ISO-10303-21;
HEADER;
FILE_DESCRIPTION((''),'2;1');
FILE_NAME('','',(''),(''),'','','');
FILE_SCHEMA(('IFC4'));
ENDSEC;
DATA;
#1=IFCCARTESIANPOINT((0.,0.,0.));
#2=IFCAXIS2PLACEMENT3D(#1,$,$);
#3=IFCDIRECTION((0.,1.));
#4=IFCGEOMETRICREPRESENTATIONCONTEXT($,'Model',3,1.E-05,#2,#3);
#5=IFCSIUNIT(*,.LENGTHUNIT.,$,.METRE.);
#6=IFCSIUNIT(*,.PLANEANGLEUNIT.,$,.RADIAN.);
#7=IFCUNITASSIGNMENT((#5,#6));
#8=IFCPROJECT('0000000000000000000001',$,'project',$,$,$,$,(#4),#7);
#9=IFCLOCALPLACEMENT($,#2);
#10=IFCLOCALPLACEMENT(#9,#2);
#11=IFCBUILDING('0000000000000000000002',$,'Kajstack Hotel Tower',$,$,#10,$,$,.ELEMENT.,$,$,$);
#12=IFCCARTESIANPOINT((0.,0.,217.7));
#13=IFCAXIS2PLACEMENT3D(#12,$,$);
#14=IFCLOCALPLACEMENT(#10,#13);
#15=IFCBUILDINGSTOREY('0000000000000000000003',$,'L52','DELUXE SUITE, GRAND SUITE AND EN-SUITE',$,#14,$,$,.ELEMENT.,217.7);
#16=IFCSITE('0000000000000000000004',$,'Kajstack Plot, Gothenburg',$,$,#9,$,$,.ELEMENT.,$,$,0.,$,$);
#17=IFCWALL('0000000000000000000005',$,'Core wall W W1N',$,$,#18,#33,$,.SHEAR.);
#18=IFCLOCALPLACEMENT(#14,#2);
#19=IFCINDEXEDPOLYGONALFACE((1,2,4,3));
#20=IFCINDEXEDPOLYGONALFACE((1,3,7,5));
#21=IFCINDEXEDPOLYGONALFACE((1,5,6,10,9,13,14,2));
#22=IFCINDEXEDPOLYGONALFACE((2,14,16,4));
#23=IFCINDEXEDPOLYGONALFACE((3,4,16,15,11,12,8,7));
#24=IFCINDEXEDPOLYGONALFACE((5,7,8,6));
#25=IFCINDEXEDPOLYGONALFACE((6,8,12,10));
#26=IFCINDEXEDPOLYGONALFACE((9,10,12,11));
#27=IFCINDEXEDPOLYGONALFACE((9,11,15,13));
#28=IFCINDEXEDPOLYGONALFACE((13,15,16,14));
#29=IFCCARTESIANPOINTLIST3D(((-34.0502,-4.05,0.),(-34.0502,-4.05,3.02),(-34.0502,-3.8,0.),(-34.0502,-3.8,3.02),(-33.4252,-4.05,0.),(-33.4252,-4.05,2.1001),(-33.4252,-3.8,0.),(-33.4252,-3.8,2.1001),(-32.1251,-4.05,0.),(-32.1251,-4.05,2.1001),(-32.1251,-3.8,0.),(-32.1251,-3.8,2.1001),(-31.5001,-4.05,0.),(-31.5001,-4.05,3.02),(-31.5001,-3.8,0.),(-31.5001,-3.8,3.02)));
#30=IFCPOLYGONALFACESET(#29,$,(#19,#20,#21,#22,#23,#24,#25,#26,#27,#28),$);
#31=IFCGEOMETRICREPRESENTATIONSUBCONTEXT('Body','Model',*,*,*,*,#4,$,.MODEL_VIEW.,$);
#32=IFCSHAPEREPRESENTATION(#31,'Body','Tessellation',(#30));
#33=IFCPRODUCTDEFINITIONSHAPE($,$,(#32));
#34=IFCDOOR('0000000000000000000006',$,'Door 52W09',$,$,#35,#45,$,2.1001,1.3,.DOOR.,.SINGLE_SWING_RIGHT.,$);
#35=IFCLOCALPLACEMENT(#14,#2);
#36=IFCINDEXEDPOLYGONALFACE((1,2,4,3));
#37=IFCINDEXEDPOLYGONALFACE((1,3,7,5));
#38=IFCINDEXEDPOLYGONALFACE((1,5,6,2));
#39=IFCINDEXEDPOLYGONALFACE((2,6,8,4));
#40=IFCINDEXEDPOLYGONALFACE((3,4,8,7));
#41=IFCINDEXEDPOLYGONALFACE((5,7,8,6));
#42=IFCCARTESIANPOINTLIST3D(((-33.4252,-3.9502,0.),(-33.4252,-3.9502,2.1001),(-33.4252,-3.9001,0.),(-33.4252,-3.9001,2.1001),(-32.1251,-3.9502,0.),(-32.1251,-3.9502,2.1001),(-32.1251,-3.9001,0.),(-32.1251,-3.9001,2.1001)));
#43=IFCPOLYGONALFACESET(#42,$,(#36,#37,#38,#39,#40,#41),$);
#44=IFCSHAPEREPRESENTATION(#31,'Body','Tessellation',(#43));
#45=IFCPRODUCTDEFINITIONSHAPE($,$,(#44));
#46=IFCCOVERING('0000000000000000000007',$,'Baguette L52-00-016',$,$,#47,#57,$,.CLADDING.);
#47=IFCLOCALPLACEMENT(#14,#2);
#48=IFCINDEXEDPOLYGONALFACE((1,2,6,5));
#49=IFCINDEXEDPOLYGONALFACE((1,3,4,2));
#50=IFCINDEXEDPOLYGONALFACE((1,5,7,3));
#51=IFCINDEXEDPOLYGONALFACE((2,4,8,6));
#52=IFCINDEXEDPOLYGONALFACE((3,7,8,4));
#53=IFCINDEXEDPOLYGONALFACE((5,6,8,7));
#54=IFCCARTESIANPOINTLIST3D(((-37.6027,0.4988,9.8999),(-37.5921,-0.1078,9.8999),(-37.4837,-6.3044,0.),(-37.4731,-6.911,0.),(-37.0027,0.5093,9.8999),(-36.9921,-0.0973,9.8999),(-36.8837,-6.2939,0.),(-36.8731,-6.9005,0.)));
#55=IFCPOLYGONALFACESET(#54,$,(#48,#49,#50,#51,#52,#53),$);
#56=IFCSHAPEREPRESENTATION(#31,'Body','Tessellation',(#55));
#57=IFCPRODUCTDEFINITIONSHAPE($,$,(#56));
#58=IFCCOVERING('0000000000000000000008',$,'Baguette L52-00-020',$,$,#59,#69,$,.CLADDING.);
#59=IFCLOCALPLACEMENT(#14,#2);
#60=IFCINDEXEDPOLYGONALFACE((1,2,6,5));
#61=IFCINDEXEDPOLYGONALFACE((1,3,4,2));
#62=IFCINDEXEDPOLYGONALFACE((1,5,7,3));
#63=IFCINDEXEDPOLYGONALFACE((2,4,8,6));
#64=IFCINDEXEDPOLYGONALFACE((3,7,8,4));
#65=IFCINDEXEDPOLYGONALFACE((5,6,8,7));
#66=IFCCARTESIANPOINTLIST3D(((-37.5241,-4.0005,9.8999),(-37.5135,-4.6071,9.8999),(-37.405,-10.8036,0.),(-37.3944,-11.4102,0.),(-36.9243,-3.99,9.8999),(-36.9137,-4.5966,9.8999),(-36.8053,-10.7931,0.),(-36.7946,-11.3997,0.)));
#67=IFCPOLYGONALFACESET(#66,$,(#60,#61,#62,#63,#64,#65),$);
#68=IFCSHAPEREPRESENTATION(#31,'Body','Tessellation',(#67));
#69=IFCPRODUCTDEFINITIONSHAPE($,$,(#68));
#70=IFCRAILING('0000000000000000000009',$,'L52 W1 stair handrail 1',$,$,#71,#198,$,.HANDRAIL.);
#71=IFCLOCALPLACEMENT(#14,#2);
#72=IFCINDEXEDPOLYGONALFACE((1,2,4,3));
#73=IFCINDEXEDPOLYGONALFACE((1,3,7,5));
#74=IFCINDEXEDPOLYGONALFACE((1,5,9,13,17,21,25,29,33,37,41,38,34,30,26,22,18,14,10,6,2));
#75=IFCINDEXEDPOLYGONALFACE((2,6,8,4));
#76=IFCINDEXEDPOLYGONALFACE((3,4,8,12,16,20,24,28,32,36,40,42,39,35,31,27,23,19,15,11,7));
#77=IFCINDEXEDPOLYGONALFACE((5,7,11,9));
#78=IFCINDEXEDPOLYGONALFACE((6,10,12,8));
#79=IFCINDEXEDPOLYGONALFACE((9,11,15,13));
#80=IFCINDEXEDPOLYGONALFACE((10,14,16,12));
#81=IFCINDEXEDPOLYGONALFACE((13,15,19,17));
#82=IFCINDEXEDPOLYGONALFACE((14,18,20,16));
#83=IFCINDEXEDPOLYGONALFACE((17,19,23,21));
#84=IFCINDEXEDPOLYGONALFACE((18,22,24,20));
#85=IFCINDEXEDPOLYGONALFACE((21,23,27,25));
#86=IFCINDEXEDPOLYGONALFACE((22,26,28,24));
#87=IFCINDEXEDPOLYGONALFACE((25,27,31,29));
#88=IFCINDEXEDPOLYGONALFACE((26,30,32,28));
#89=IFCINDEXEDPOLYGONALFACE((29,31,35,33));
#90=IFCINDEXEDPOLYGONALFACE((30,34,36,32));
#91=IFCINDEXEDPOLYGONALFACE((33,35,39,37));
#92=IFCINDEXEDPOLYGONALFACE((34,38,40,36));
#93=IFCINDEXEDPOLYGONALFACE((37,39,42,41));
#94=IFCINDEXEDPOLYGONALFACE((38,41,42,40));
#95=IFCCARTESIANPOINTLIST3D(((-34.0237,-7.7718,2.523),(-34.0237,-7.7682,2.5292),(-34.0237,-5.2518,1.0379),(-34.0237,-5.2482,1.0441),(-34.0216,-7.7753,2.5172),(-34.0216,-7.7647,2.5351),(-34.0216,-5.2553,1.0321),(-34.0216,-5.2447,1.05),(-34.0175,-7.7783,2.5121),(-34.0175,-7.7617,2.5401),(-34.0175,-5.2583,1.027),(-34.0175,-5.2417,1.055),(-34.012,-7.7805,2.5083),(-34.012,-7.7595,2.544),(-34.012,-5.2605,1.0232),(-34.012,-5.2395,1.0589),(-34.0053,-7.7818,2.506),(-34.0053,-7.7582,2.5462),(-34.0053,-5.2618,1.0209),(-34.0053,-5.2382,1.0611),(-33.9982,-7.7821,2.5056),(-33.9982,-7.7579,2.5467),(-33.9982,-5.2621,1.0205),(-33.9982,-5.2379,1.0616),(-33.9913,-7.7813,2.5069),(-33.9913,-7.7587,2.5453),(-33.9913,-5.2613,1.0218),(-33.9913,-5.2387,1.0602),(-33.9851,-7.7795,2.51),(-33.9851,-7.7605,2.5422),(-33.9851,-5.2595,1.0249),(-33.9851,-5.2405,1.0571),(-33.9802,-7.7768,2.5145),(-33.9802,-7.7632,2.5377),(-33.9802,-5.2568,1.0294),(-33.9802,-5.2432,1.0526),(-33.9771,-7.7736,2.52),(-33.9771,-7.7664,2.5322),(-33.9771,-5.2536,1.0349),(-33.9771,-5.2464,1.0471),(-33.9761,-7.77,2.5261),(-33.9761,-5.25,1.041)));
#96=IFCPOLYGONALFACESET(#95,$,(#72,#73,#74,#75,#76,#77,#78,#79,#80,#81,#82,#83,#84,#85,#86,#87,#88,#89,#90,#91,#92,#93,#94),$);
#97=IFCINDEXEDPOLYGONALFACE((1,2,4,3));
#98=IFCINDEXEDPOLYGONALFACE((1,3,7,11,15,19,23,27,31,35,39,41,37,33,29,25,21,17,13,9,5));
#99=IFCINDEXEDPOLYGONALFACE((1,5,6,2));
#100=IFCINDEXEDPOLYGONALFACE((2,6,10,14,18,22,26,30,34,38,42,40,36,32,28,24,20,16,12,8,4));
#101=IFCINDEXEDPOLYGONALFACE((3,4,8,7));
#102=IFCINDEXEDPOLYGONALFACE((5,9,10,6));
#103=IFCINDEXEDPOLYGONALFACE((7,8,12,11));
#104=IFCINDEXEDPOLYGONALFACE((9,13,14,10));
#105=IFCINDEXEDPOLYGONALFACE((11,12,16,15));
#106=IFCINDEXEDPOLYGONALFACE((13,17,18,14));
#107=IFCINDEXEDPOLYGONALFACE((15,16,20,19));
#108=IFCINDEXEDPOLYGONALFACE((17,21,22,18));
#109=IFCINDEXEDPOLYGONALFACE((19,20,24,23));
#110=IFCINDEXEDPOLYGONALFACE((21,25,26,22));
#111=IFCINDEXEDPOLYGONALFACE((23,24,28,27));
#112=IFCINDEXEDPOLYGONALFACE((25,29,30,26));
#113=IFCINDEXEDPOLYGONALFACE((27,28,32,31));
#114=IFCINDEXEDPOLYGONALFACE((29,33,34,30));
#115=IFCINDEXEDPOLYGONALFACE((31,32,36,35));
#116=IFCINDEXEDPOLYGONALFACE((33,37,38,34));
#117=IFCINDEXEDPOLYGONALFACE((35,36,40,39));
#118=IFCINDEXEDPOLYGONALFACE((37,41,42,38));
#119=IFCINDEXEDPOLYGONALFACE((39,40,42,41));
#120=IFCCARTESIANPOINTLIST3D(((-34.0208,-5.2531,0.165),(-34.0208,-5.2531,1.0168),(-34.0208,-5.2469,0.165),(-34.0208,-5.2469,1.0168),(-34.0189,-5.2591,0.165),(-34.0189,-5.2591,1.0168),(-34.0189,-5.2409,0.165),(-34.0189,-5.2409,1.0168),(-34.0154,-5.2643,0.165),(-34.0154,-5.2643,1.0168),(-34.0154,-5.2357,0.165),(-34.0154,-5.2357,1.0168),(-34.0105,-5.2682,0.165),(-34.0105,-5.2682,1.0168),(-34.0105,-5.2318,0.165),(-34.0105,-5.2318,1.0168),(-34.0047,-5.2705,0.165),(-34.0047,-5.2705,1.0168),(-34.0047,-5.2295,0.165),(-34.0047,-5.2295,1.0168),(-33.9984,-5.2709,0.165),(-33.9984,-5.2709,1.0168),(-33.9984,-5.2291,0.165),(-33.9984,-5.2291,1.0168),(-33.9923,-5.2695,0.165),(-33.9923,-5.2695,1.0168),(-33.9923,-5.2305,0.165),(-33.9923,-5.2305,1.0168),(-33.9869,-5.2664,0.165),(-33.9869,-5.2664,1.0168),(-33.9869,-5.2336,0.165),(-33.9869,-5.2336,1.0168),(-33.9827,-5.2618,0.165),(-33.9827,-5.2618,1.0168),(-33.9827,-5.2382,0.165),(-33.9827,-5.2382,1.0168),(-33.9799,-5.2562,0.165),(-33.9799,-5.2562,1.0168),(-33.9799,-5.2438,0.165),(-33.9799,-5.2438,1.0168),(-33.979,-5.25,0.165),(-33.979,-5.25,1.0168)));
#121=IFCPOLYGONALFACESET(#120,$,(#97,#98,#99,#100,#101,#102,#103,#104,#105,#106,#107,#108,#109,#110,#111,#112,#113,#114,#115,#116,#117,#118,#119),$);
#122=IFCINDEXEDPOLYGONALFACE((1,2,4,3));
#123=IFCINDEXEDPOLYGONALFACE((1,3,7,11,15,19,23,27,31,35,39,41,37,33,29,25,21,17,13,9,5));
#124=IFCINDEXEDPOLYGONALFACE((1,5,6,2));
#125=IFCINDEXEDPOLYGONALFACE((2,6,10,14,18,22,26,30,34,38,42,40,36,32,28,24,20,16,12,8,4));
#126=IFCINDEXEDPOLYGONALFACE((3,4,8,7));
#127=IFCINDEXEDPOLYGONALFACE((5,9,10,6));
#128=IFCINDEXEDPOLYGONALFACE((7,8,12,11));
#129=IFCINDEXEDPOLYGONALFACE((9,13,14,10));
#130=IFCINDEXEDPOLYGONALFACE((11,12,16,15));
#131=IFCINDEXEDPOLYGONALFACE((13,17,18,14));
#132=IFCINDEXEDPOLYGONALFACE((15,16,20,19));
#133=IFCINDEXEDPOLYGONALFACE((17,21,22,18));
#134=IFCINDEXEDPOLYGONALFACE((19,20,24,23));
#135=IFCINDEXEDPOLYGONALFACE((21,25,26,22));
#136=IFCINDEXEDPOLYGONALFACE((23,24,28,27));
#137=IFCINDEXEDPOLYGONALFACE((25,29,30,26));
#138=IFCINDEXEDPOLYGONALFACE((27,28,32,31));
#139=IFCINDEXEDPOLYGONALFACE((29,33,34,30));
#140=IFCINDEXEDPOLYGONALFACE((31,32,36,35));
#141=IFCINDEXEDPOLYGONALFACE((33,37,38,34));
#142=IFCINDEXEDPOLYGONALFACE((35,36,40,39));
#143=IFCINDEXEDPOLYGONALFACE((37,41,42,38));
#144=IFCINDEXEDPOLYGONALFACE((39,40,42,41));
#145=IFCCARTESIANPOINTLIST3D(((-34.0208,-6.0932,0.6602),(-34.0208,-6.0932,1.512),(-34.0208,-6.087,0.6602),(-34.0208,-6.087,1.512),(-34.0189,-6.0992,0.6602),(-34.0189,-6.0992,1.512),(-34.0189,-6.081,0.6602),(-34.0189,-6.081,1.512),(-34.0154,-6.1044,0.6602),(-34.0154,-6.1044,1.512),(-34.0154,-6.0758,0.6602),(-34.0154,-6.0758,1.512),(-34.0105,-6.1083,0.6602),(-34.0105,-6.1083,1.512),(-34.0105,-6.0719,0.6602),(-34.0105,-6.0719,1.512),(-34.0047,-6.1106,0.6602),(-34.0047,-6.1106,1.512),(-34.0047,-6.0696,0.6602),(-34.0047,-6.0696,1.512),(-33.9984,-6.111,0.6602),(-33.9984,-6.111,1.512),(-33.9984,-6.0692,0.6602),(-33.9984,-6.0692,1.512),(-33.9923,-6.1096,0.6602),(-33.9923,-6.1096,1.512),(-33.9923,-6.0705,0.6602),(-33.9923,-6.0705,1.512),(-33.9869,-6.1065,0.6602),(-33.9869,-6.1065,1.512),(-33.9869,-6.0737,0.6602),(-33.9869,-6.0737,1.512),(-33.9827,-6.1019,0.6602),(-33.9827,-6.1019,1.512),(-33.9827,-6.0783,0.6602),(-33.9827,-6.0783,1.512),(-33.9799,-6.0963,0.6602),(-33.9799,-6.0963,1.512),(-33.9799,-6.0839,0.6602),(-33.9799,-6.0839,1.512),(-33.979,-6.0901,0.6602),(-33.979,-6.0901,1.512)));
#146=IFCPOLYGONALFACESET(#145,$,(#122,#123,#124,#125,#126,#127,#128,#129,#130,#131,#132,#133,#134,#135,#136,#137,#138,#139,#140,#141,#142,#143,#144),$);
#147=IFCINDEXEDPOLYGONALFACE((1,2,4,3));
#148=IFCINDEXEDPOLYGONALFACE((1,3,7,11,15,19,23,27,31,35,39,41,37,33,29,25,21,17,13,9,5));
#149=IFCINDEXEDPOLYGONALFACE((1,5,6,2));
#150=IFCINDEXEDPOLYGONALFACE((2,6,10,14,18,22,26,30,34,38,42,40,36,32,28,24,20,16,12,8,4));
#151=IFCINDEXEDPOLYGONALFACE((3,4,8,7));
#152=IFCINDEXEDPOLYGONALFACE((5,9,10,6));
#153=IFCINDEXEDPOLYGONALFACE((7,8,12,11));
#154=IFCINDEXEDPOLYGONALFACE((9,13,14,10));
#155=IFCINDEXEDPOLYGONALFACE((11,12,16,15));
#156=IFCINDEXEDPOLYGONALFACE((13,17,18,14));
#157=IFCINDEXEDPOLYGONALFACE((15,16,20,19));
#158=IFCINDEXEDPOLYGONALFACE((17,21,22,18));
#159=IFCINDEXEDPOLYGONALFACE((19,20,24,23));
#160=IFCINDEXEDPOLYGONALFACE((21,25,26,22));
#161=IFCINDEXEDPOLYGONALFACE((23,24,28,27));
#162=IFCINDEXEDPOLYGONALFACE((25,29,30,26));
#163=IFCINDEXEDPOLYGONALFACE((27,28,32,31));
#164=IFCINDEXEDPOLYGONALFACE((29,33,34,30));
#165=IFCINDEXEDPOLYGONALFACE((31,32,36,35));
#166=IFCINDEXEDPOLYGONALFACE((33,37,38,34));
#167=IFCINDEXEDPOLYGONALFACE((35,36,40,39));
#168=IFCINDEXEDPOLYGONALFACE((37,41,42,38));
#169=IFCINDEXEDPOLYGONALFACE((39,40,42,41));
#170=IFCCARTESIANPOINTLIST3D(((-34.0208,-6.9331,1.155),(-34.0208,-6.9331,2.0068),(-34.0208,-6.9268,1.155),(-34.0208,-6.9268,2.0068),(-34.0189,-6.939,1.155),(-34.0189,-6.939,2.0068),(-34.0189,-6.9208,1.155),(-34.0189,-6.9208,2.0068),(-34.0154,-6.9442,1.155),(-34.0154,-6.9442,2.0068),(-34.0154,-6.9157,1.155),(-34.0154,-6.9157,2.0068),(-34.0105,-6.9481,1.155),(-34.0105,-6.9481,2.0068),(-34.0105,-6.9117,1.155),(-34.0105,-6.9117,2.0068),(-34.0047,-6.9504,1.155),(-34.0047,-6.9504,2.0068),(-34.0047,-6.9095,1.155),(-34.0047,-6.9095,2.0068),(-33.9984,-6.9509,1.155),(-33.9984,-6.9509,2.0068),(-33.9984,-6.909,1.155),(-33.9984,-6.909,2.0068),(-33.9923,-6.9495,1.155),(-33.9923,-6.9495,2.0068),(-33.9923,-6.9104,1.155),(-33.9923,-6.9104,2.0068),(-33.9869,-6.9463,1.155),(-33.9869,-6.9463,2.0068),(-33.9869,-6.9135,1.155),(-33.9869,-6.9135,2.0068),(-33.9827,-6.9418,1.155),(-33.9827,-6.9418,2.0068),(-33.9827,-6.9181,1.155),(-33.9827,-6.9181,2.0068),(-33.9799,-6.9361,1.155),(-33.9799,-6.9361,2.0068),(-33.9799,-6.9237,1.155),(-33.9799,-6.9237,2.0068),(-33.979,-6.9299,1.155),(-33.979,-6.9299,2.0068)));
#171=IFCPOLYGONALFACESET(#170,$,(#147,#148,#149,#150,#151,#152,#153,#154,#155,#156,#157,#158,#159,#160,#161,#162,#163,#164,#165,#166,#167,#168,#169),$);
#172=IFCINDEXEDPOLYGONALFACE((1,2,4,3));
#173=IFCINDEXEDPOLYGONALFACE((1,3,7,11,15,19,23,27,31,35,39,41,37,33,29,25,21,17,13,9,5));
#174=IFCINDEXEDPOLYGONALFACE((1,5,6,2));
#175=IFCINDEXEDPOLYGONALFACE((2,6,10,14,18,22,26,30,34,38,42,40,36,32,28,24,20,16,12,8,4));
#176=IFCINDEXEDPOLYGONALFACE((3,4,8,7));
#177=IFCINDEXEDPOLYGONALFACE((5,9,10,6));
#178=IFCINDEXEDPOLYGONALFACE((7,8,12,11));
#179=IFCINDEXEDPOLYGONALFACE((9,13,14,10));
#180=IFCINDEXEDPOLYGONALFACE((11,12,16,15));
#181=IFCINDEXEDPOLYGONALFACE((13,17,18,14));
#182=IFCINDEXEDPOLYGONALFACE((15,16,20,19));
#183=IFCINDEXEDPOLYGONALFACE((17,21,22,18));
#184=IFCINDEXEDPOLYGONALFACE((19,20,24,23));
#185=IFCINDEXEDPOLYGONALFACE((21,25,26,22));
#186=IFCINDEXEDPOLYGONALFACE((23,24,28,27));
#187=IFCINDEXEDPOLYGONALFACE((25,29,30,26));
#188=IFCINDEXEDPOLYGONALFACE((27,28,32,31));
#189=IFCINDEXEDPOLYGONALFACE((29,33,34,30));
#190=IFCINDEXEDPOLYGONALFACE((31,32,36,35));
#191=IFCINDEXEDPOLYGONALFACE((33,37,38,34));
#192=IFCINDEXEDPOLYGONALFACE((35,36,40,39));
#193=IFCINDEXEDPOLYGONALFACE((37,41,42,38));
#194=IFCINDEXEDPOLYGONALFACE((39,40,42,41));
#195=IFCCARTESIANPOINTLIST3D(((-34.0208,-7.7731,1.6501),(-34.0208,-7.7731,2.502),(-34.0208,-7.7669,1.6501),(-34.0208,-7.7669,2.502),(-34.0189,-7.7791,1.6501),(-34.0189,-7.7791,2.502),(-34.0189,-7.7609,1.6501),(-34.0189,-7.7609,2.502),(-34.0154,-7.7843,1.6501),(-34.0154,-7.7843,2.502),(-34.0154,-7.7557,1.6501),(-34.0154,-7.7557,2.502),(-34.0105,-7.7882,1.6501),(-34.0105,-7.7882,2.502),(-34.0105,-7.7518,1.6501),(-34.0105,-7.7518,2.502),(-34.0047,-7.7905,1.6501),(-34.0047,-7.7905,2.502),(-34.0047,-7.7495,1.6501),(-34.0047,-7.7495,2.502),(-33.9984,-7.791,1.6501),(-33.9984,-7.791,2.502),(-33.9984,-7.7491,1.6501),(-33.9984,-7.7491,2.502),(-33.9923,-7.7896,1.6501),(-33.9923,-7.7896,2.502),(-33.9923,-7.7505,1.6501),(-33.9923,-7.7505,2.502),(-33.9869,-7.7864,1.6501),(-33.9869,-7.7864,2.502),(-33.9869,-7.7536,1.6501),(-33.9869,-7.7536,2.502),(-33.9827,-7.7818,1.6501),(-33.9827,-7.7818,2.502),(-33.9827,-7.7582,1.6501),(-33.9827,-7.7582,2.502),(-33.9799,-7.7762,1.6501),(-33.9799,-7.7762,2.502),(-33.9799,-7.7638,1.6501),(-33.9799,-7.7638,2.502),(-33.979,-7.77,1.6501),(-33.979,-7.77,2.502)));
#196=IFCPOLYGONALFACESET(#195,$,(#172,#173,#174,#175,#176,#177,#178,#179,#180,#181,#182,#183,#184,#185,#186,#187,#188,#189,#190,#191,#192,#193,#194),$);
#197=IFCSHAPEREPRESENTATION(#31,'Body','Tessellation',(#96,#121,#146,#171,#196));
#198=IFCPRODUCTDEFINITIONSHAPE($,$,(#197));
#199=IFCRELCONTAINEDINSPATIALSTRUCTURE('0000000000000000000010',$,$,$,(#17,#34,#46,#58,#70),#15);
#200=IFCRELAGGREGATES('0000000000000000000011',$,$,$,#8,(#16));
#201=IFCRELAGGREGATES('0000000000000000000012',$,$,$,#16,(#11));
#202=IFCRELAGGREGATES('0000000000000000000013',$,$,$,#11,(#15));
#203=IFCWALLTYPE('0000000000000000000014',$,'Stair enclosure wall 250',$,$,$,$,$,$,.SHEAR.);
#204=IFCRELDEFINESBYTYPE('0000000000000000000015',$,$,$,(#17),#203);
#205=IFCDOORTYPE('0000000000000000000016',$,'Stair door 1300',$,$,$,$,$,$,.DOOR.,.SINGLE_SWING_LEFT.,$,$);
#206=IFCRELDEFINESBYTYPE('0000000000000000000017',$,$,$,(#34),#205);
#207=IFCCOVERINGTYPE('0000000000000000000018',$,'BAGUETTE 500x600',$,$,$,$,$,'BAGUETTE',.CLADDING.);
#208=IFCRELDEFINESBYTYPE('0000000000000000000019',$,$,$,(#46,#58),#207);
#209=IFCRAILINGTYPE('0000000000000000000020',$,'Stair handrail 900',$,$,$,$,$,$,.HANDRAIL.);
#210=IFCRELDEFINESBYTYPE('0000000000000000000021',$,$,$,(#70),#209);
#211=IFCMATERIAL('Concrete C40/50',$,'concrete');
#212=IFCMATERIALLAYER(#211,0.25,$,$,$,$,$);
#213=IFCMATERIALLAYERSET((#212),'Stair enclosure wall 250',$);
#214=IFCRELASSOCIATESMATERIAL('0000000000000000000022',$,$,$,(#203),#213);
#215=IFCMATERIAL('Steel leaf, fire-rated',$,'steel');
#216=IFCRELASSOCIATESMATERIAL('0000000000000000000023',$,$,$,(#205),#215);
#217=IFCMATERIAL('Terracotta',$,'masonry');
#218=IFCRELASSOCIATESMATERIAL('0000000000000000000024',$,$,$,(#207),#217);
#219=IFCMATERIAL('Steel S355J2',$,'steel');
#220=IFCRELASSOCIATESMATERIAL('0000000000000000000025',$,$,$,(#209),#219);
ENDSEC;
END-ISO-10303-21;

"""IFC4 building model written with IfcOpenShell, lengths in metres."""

from ifc_helpers import new_model, si_unit, direction, frame, frame_2d, origin, origin_2d, place, context, subcontext, project, spatial, polyline, rectangle, circle, outline, extrude, material, layer, layer_set, material_profile, profile_set, type_object, element, fill, save


model = new_model("IFC4")

# Units and contexts
model_context = context("Model", 3, precision=1e-05, world=origin(), true_north=direction((0.0, 1.0)))
body_context = subcontext(model_context, "Body", "Model", "MODEL_VIEW")
ifc_project = project(units=[si_unit("LENGTHUNIT", "METRE"), si_unit("PLANEANGLEUNIT", "RADIAN")], contexts=[model_context])

# Site, building, storey
site_placement = place(None, origin())
site = spatial("IfcSite", under=ifc_project, at=site_placement, Name="Kajstack Plot, Gothenburg", CompositionType="ELEMENT", RefElevation=0.0)
building_placement = place(site_placement, origin())
building = spatial("IfcBuilding", under=site, at=building_placement, Name="Kajstack Hotel Tower", CompositionType="ELEMENT")
storey_placement = place(building_placement, frame((0.0, 0.0, 217.7)))
storey = spatial("IfcBuildingStorey", under=building, at=storey_placement, Name="L52", Description="DELUXE SUITE, GRAND SUITE AND EN-SUITE", CompositionType="ELEMENT", Elevation=217.7)

# Shared definitions
ifc_material_1 = material(Name="Steel leaf, fire-rated", Category="steel")

# Wall, opening, door
ifc_material_2 = material(Name="Concrete C40/50", Category="concrete")
ifc_layer_1 = layer(ifc_material_2, 0.25)
ifc_layer_set_1 = layer_set([ifc_layer_1], Name="Stair enclosure wall 250")
wall_type_1 = type_object("IfcWallType", Name="Stair enclosure wall 250", PredefinedType="SHEAR", material=ifc_layer_set_1)
wall_1_placement = place(storey_placement, frame((-34.05, -3.925, 0.0), z_axis=(0.0, 0.0, 1.0), x_axis=(1.0, 0.0, 0.0)))
wall_1 = element("IfcWall", 1, at=wall_1_placement, inside=storey, type_object=wall_type_1, Name="Core wall W W1N", PredefinedType="SHEAR", context=body_context, shape_type="SweptSolid", body=[
    extrude(rectangle(XDim=2.55, YDim=0.25, at=frame_2d((1.2749, 0.0))), origin(), (0.0, 0.0, 1.0), 3.02),
])
opening_1_placement = place(wall_1_placement, frame((0.625, 0.0, 0.0)))
opening_1 = element("IfcOpeningElement", 2, at=opening_1_placement, cuts=wall_1, PredefinedType="OPENING", context=body_context, shape_type="SweptSolid", body=[
    extrude(rectangle(XDim=1.3, YDim=2.1001, at=frame_2d((0.6499, 1.05))), frame((0.0, 0.135, 0.0), z_axis=(0.0, -1.0, 0.0), x_axis=(1.0, 0.0, 0.0)), (0.0, 0.0, 1.0), 0.27),
])
door_type_1 = type_object("IfcDoorType", Name="Stair door 1300", OperationType="SINGLE_SWING_LEFT", PredefinedType="DOOR", material=ifc_material_1)
door_1_placement = place(opening_1_placement, origin())
door_1 = element("IfcDoor", 3, at=door_1_placement, inside=storey, type_object=door_type_1, Name="Door 52W09", OperationType="SINGLE_SWING_RIGHT", OverallHeight=2.1001, OverallWidth=1.3, PredefinedType="DOOR", context=body_context, shape_type="SweptSolid", body=[
    extrude(rectangle(XDim=1.3, YDim=2.1001, at=frame_2d((0.6499, 1.05))), frame((0.0, 0.0249, 0.0), z_axis=(0.0, -1.0, 0.0), x_axis=(1.0, 0.0, 0.0)), (0.0, 0.0, 1.0), 0.05),
])
fill(opening_1, door_1)

# Coverings
ifc_material_3 = material(Name="Terracotta", Category="masonry")
ifc_material_profile = material_profile(ifc_material_3, rectangle(XDim=0.6001, YDim=0.5, at=origin_2d()), Name="Terracotta-clad concrete baguette 500 x 600")
ifc_profile_set = profile_set([ifc_material_profile], Name="Terracotta")
covering_type = type_object("IfcCoveringType", Name="BAGUETTE 500x600", ElementType="BAGUETTE", PredefinedType="CLADDING", material=ifc_profile_set)
covering_1_placement = place(storey_placement, frame((-37.0027, 0.5093, 0.0), z_axis=(-0.999847, -0.017491, 0.0), x_axis=(0.017491, -0.999847, 0.0)))
element("IfcCovering", 4, at=covering_1_placement, inside=storey, type_object=covering_type, Name="Baguette L52-00-016", PredefinedType="CLADDING", context=body_context, shape_type="SweptSolid", body=[
    extrude(outline(polyline([(0.0, 9.8999), (6.8042, 0.0), (7.4109, 0.0), (0.6067, 9.8999), (0.0, 9.8999)])), origin(), (0.0, 0.0, 1.0), 0.6001),
])
covering_2_placement = place(storey_placement, frame((-36.9243, -3.99, 0.0), z_axis=(-0.999847, -0.017498, 0.0), x_axis=(0.017498, -0.999847, 0.0)))
element("IfcCovering", 5, at=covering_2_placement, inside=storey, type_object=covering_type, Name="Baguette L52-00-020", PredefinedType="CLADDING", context=body_context, shape_type="SweptSolid", body=[
    extrude(outline(polyline([(0.0, 9.8999), (6.8042, 0.0), (7.4109, 0.0), (0.6067, 9.8999), (0.0, 9.8999)])), origin(), (0.0, 0.0, 1.0), 0.5999),
])

# Railing
ifc_material_4 = material(Name="Steel S355J2", Category="steel")
railing_type_1 = type_object("IfcRailingType", Name="Stair handrail 900", PredefinedType="HANDRAIL", material=ifc_material_4)
railing_1_placement = place(storey_placement, frame((-34.0, -5.25, 0.165)))
element("IfcRailing", 6, at=railing_1_placement, inside=storey, type_object=railing_type_1, Name="L52 W1 stair handrail 1", PredefinedType="HANDRAIL", context=body_context, shape_type="SweptSolid", body=[
    extrude(circle(Radius=0.0239, at=origin_2d()), frame((0.0, 0.0, 0.876), z_axis=(0.0, -0.861524, 0.507717), x_axis=(1.0, 0.0, 0.0)), (0.0, 0.0, 1.0), 2.925),
    extrude(circle(Radius=0.021, at=origin_2d()), origin(), (0.0, 0.0, 1.0), 0.8518),
    extrude(circle(Radius=0.021, at=origin_2d()), frame((0.0, -0.8401, 0.4951)), (0.0, 0.0, 1.0), 0.8518),
    extrude(circle(Radius=0.021, at=origin_2d()), frame((0.0, -1.6799, 0.99)), (0.0, 0.0, 1.0), 0.8518),
    extrude(circle(Radius=0.021, at=origin_2d()), frame((0.0, -2.52, 1.4851)), (0.0, 0.0, 1.0), 0.8518),
])

save(model, "model.ifc")
